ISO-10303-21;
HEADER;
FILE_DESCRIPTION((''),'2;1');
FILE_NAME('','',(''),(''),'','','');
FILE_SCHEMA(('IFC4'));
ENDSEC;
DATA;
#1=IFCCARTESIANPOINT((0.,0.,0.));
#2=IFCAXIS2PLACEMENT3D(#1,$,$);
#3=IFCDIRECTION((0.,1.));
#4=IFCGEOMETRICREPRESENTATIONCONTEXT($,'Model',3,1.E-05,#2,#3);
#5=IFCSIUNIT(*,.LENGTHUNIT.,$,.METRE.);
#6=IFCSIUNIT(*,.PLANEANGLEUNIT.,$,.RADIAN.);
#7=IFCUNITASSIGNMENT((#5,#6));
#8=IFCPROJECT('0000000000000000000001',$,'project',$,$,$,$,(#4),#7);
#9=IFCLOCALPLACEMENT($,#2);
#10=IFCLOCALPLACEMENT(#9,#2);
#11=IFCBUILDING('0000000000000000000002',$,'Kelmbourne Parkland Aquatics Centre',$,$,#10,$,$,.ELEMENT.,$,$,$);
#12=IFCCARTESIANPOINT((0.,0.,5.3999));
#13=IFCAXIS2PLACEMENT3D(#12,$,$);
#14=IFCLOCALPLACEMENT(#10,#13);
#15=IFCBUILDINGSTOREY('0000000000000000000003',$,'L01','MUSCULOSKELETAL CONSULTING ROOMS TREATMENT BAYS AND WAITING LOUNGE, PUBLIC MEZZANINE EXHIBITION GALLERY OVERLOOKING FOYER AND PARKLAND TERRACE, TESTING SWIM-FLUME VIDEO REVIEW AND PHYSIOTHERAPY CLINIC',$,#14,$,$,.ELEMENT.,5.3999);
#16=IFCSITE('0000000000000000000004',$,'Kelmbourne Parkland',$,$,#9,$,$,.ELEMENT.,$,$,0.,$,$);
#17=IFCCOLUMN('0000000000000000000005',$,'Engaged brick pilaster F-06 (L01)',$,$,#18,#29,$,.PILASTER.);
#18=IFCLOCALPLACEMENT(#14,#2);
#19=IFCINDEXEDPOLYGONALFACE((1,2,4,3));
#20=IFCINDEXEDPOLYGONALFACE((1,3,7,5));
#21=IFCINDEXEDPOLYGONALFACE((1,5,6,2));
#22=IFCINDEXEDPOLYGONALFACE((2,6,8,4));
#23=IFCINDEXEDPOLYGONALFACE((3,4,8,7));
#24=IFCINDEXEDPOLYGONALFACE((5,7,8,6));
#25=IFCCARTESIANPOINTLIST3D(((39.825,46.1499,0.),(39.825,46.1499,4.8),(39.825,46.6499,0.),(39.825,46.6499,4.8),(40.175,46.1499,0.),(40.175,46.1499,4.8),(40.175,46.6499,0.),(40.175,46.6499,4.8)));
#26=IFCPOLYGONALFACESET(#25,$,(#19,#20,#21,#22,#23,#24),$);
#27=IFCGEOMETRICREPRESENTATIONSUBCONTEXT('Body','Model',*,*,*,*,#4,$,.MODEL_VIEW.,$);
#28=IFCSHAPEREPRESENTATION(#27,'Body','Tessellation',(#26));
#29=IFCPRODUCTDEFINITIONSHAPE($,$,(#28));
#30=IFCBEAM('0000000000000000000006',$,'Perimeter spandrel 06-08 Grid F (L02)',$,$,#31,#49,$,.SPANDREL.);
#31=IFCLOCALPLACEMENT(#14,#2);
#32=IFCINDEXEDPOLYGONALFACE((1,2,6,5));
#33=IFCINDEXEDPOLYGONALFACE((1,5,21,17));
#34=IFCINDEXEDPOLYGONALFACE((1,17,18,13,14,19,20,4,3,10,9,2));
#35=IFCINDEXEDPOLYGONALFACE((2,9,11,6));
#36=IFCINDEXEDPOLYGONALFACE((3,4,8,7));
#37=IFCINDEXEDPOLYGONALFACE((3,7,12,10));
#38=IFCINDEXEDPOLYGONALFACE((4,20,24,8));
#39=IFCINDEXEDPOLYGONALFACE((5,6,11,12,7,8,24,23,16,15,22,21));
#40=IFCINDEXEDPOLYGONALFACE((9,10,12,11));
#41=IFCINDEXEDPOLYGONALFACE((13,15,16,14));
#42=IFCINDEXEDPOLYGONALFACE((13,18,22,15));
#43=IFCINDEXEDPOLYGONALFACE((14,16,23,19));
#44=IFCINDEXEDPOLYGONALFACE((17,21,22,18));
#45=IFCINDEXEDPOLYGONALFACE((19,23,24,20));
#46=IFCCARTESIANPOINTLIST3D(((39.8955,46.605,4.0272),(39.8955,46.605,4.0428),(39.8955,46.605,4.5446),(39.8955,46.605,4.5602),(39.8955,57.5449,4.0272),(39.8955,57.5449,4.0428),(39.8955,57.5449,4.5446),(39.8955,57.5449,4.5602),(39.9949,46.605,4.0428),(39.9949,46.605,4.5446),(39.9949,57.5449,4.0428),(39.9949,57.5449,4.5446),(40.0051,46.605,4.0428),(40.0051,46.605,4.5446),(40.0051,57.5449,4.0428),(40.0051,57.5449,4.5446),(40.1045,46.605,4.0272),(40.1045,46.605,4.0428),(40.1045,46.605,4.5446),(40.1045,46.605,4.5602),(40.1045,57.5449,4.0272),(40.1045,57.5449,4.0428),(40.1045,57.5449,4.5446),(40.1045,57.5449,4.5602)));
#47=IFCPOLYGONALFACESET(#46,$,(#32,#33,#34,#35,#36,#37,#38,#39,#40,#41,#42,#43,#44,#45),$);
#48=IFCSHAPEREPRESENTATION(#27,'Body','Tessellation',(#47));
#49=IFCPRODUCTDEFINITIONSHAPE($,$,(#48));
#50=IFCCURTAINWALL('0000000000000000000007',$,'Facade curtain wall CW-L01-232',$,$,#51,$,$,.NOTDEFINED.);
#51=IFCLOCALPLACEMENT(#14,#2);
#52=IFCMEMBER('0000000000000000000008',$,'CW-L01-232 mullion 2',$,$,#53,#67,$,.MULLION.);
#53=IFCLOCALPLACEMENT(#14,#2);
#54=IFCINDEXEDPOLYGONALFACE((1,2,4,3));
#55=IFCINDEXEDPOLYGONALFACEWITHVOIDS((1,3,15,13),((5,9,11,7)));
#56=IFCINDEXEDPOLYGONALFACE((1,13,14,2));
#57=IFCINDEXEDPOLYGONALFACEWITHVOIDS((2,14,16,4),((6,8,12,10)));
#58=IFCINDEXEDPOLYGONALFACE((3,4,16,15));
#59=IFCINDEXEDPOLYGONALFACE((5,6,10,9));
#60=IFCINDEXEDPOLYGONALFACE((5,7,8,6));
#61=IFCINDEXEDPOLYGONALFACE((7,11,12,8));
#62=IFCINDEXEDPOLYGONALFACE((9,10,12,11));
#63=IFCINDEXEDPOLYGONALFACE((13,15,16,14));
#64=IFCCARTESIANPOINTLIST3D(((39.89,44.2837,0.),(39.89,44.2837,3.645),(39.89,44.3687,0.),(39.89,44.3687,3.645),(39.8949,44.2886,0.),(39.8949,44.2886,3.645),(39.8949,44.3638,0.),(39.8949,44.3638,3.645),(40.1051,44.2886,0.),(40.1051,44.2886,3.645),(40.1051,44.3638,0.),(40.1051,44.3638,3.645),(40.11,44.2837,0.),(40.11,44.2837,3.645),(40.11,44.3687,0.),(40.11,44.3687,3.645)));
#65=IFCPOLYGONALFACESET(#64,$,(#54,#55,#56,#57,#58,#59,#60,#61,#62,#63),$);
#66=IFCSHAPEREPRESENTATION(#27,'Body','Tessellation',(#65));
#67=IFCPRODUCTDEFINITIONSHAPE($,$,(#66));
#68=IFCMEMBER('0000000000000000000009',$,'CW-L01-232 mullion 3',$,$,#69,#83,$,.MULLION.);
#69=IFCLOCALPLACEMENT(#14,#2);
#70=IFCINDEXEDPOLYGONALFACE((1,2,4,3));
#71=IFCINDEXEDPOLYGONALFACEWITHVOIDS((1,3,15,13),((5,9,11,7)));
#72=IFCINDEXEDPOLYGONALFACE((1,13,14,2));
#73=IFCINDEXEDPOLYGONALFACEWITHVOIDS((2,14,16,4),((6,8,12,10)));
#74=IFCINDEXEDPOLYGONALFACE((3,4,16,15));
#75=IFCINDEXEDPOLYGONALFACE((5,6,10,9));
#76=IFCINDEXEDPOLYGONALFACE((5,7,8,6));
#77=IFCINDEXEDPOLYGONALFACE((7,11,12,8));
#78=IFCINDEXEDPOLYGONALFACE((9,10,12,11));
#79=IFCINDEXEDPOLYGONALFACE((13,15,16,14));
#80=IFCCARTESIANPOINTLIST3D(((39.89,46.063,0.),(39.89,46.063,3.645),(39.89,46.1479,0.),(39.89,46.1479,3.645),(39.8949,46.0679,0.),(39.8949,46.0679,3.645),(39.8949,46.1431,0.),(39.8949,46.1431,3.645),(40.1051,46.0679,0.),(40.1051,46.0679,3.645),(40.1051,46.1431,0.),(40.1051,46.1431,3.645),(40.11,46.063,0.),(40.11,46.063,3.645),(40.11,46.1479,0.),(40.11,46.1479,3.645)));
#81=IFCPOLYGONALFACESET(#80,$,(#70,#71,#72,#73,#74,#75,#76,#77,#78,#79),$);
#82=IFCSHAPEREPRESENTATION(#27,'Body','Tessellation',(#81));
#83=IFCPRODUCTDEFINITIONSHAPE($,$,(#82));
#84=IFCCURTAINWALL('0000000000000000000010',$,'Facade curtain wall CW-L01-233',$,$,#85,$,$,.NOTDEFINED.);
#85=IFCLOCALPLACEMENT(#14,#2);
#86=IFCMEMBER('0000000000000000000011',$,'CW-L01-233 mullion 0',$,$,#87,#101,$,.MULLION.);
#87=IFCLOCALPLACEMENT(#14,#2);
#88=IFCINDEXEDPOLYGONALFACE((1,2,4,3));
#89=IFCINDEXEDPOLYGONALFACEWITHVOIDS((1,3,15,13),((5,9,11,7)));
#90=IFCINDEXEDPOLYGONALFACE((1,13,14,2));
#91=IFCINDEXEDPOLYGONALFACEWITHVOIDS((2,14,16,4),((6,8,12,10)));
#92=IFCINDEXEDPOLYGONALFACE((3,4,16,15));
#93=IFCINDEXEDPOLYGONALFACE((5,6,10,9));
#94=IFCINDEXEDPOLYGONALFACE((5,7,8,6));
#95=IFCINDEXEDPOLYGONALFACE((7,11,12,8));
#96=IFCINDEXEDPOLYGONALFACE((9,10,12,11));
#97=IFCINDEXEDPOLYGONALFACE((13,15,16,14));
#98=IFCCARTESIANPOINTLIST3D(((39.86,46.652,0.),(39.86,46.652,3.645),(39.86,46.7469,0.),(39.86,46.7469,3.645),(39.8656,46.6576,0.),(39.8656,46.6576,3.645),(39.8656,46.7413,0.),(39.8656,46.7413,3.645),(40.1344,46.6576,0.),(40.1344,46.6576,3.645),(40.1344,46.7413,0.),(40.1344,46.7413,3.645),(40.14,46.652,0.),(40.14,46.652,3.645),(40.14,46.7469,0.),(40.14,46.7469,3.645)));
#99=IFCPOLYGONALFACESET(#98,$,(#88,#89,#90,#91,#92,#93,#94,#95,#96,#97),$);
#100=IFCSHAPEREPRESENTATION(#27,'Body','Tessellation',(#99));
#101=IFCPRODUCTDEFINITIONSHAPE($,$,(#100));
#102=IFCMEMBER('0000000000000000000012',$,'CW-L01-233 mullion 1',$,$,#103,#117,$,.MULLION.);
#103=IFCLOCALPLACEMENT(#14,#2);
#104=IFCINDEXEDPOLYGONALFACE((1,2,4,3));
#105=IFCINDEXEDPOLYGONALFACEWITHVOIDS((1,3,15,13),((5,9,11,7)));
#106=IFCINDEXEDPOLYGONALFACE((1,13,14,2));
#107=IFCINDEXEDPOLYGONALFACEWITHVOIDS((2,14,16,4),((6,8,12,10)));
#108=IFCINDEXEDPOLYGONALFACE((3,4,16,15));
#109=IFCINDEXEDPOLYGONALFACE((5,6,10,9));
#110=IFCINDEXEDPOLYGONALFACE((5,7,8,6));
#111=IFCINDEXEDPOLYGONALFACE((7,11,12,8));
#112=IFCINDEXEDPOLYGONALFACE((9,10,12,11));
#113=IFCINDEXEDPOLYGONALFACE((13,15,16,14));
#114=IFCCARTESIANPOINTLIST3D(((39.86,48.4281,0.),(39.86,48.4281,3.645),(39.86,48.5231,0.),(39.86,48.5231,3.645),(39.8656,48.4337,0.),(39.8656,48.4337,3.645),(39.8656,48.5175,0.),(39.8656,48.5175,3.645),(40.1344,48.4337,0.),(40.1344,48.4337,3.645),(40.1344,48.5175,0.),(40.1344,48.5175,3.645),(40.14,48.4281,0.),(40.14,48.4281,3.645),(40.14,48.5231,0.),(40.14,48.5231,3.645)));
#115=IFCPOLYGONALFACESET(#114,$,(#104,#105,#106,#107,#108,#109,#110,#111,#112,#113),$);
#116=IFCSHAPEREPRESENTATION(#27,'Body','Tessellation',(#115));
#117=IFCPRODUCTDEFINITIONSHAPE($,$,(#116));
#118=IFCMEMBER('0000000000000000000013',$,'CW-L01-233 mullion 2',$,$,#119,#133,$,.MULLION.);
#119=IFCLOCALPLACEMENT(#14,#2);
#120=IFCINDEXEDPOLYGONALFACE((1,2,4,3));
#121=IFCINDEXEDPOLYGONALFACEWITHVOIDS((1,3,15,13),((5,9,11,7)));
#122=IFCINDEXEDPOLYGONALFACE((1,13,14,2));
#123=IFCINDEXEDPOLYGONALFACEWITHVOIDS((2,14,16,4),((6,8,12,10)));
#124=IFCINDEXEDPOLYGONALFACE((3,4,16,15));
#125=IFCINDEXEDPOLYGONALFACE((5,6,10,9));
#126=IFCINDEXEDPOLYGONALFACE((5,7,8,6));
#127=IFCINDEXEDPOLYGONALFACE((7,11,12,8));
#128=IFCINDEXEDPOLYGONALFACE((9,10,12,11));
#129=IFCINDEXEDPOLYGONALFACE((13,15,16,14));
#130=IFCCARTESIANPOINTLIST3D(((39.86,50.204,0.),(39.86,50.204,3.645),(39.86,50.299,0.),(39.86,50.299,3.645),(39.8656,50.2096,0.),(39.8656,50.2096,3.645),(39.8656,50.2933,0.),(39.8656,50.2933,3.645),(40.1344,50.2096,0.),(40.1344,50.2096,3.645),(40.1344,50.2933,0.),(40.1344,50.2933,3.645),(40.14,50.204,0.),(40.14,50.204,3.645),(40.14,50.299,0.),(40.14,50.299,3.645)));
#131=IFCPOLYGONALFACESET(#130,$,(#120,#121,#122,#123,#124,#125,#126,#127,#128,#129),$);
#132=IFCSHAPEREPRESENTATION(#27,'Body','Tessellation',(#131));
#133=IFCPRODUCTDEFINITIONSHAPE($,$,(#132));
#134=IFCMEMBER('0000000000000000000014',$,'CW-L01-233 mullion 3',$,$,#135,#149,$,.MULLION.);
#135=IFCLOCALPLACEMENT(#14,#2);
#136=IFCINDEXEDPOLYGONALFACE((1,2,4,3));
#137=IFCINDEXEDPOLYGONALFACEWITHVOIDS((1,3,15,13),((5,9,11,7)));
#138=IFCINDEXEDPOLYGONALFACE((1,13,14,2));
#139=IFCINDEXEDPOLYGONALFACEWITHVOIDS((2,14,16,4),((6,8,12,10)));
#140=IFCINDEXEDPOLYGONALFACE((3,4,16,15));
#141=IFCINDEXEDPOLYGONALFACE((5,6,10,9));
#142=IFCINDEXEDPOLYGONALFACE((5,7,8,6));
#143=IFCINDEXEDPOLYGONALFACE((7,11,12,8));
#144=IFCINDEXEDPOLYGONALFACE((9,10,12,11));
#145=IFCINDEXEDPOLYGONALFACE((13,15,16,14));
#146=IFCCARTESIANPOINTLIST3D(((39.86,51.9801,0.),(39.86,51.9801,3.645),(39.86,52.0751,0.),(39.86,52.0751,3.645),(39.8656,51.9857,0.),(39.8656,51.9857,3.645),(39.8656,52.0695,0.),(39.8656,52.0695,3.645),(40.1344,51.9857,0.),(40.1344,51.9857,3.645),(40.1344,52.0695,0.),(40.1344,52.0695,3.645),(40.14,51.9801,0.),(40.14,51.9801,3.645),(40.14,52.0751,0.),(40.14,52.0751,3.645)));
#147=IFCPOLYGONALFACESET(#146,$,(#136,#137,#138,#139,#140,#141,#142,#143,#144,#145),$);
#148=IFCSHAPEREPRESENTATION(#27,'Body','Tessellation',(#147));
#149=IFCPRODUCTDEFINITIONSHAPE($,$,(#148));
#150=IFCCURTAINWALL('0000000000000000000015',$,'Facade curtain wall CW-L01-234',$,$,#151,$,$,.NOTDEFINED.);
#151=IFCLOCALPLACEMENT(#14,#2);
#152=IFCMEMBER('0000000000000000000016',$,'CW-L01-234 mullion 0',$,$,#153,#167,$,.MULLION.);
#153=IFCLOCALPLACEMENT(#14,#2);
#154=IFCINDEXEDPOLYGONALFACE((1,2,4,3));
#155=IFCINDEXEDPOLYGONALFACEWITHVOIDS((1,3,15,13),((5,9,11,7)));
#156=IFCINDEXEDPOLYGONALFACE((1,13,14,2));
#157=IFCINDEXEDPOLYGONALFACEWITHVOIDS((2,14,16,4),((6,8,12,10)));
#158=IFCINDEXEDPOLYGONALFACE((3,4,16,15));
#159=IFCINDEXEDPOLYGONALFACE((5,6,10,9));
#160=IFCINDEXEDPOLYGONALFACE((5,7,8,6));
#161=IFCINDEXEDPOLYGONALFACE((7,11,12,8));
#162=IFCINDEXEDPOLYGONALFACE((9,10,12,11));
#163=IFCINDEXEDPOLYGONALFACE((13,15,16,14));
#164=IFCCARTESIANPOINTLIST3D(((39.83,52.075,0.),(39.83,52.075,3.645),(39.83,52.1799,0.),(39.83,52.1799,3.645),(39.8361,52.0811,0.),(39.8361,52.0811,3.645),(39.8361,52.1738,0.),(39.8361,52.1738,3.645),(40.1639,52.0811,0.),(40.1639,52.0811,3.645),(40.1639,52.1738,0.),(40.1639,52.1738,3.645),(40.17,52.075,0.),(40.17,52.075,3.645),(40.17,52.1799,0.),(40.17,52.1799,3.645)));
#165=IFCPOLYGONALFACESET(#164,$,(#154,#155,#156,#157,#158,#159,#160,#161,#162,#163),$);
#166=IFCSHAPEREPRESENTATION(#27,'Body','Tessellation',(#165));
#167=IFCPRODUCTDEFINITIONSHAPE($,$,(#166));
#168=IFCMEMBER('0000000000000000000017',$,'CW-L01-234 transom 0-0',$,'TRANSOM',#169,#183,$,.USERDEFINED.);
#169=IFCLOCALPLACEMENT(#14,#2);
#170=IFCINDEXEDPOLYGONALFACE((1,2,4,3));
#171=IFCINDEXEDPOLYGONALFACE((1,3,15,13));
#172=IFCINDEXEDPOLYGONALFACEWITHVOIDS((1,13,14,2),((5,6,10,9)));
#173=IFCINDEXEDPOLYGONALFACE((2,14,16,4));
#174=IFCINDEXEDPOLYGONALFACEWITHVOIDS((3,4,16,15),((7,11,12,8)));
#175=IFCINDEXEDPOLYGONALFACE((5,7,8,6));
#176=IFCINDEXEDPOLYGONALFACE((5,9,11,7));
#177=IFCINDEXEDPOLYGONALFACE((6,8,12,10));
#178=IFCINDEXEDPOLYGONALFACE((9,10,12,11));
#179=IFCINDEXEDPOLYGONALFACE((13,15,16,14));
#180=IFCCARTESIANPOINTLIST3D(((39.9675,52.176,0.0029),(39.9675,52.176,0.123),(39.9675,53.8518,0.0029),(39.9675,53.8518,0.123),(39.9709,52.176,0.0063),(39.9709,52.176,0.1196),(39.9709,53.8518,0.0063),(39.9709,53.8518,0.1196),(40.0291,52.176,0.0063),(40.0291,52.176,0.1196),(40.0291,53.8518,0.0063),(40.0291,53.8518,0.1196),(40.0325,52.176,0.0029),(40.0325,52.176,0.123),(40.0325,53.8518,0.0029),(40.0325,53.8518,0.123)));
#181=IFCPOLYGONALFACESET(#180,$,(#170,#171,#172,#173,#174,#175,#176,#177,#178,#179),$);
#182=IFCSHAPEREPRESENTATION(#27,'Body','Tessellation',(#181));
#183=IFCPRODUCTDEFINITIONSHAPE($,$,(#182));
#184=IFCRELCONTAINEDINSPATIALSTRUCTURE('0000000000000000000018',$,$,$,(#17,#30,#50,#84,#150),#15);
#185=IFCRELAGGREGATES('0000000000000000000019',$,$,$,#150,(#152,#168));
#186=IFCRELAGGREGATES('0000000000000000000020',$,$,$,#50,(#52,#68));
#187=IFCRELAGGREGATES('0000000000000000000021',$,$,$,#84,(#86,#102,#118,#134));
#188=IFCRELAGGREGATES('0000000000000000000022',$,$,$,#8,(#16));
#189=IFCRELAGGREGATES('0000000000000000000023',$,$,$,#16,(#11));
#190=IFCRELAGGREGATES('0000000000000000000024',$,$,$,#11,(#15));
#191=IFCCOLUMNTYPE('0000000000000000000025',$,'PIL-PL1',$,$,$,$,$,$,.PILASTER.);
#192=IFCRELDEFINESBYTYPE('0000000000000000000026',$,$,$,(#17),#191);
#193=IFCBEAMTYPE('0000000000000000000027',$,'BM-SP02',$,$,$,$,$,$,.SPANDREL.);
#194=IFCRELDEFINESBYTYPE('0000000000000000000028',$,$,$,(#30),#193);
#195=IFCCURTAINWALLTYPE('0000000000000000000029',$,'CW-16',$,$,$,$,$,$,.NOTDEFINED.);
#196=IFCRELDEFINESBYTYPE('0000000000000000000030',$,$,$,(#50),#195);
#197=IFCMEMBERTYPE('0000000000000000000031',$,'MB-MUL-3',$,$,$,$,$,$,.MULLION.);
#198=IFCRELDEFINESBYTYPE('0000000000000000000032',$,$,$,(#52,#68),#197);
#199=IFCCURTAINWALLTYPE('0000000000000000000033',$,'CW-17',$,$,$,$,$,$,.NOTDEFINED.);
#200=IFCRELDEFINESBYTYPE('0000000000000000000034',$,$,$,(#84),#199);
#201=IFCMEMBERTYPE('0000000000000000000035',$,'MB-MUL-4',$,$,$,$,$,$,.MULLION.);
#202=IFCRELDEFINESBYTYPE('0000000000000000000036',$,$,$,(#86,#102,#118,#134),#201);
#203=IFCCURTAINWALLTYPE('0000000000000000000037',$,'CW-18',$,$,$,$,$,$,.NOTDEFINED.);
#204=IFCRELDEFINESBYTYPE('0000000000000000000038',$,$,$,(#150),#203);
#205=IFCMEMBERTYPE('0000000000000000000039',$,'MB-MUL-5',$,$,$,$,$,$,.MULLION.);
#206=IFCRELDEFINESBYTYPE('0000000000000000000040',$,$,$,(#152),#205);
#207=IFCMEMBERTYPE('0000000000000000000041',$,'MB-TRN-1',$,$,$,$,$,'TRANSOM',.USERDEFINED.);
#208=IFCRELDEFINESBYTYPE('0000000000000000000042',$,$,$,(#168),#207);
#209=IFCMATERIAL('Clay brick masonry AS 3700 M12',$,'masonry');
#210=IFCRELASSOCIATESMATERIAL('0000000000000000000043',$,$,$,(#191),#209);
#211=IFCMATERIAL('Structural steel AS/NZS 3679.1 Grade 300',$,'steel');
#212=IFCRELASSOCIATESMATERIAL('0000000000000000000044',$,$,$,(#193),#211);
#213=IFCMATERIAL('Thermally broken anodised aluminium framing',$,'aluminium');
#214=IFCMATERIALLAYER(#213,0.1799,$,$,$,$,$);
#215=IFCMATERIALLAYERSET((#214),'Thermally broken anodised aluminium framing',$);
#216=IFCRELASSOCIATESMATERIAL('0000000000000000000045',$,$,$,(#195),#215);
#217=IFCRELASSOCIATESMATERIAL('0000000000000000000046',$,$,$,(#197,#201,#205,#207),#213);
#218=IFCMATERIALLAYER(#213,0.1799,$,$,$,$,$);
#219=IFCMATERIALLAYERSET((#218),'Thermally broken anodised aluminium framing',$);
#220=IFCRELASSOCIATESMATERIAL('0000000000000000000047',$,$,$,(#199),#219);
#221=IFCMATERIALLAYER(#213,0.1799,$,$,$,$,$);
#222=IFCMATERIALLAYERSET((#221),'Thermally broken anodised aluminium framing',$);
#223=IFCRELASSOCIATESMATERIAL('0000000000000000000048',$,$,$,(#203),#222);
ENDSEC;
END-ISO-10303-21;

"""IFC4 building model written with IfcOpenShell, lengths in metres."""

from ifc_helpers import new_model, si_unit, direction, frame, origin, origin_2d, place, context, subcontext, project, spatial, rectangle, hollow_rectangle, i_section, extrude, material, layer, layer_set, material_profile, profile_set, type_object, element, aggregate, save


model = new_model("IFC4")

# Units and contexts
model_context = context("Model", 3, precision=1e-05, world=origin(), true_north=direction((0.0, 1.0)))
body_context = subcontext(model_context, "Body", "Model", "MODEL_VIEW")
ifc_project = project(units=[si_unit("LENGTHUNIT", "METRE"), si_unit("PLANEANGLEUNIT", "RADIAN")], contexts=[model_context])

# Site, building, storey
site_placement = place(None, origin())
site = spatial("IfcSite", under=ifc_project, at=site_placement, Name="Kelmbourne Parkland", CompositionType="ELEMENT", RefElevation=0.0)
building_placement = place(site_placement, origin())
building = spatial("IfcBuilding", under=site, at=building_placement, Name="Kelmbourne Parkland Aquatics Centre", CompositionType="ELEMENT")
storey_placement = place(building_placement, frame((0.0, 0.0, 5.3999)))
storey = spatial("IfcBuildingStorey", under=building, at=storey_placement, Name="L01", Description="MUSCULOSKELETAL CONSULTING ROOMS TREATMENT BAYS AND WAITING LOUNGE, PUBLIC MEZZANINE EXHIBITION GALLERY OVERLOOKING FOYER AND PARKLAND TERRACE, TESTING SWIM-FLUME VIDEO REVIEW AND PHYSIOTHERAPY CLINIC", CompositionType="ELEMENT", Elevation=5.3999)

# Column
ifc_material_1 = material(Name="Clay brick masonry AS 3700 M12", Category="masonry")
ifc_material_profile_1 = material_profile(ifc_material_1, rectangle(XDim=0.3501, YDim=0.5, at=origin_2d()), Name="PIL 350x500")
ifc_profile_set_1 = profile_set([ifc_material_profile_1], Name="Clay brick masonry AS 3700 M12")
column_type = type_object("IfcColumnType", Name="PIL-PL1", PredefinedType="PILASTER", material=ifc_profile_set_1)
column_placement = place(storey_placement, frame((40.0, 46.3999, 0.0), z_axis=(0.0, 0.0, 1.0), x_axis=(1.0, 0.0, 0.0)))
element("IfcColumn", 1, at=column_placement, inside=storey, type_object=column_type, Name="Engaged brick pilaster F-06 (L01)", PredefinedType="PILASTER", context=body_context, shape_type="SweptSolid", body=[
    extrude(rectangle(XDim=0.3501, YDim=0.5, at=origin_2d()), origin(), (0.0, 0.0, 1.0), 4.8),
])

# Beam
ifc_material_2 = material(Name="Structural steel AS/NZS 3679.1 Grade 300", Category="steel")
ifc_material_profile_2 = material_profile(ifc_material_2, i_section(OverallWidth=0.209, OverallDepth=0.533, WebThickness=0.0103, FlangeThickness=0.0156, at=origin_2d()), Name="530UB92.4")
ifc_profile_set_2 = profile_set([ifc_material_profile_2], Name="Structural steel AS/NZS 3679.1 Grade 300")
beam_type = type_object("IfcBeamType", Name="BM-SP02", PredefinedType="SPANDREL", material=ifc_profile_set_2)
beam_placement = place(storey_placement, frame((40.0, 46.605, 4.2937), z_axis=(0.0, 1.0, 0.0), x_axis=(-1.0, 0.0, 0.0)))
element("IfcBeam", 2, at=beam_placement, inside=storey, type_object=beam_type, Name="Perimeter spandrel 06-08 Grid F (L02)", PredefinedType="SPANDREL", context=body_context, shape_type="SweptSolid", body=[
    extrude(i_section(OverallWidth=0.209, OverallDepth=0.533, WebThickness=0.0103, FlangeThickness=0.0156, at=origin_2d()), origin(), (0.0, 0.0, 1.0), 10.9399),
])

# Curtain walls, members
ifc_material_3 = material(Name="Thermally broken anodised aluminium framing", Category="aluminium")
ifc_layer_1 = layer(ifc_material_3, 0.1799)
ifc_layer_set_1 = layer_set([ifc_layer_1], Name="Thermally broken anodised aluminium framing")
curtain_wall_type_1 = type_object("IfcCurtainWallType", Name="CW-16", PredefinedType="NOTDEFINED", material=ifc_layer_set_1)
curtain_wall_1_placement = place(storey_placement, origin())
curtain_wall_1 = element("IfcCurtainWall", 3, at=curtain_wall_1_placement, inside=storey, type_object=curtain_wall_type_1, Name="Facade curtain wall CW-L01-232", PredefinedType="NOTDEFINED")
ifc_material_profile_3 = material_profile(ifc_material_3, hollow_rectangle(XDim=0.085, YDim=0.22, WallThickness=0.0049, at=origin_2d()), Name="CW-M 85x220")
ifc_profile_set_3 = profile_set([ifc_material_profile_3], Name="Thermally broken anodised aluminium framing")
member_type_1 = type_object("IfcMemberType", Name="MB-MUL-3", PredefinedType="MULLION", material=ifc_profile_set_3)
member_1_placement = place(storey_placement, frame((40.0, 44.3262, 0.0), z_axis=(0.0, 0.0, 1.0), x_axis=(0.0, 1.0, 0.0)))
member_1 = element("IfcMember", 4, at=member_1_placement, type_object=member_type_1, Name="CW-L01-232 mullion 2", PredefinedType="MULLION", context=body_context, shape_type="SweptSolid", body=[
    extrude(hollow_rectangle(XDim=0.085, YDim=0.22, WallThickness=0.0049, at=origin_2d()), origin(), (0.0, 0.0, 1.0), 3.645),
])
member_2_placement = place(storey_placement, frame((40.0, 46.1055, 0.0), z_axis=(0.0, 0.0, 1.0), x_axis=(0.0, 1.0, 0.0)))
member_2 = element("IfcMember", 5, at=member_2_placement, type_object=member_type_1, Name="CW-L01-232 mullion 3", PredefinedType="MULLION", context=body_context, shape_type="SweptSolid", body=[
    extrude(hollow_rectangle(XDim=0.085, YDim=0.22, WallThickness=0.0049, at=origin_2d()), origin(), (0.0, 0.0, 1.0), 3.645),
])
ifc_layer_2 = layer(ifc_material_3, 0.1799)
ifc_layer_set_2 = layer_set([ifc_layer_2], Name="Thermally broken anodised aluminium framing")
curtain_wall_type_2 = type_object("IfcCurtainWallType", Name="CW-17", PredefinedType="NOTDEFINED", material=ifc_layer_set_2)
curtain_wall_2_placement = place(storey_placement, origin())
curtain_wall_2 = element("IfcCurtainWall", 6, at=curtain_wall_2_placement, inside=storey, type_object=curtain_wall_type_2, Name="Facade curtain wall CW-L01-233", PredefinedType="NOTDEFINED")
ifc_material_profile_4 = material_profile(ifc_material_3, hollow_rectangle(XDim=0.095, YDim=0.28, WallThickness=0.0056, at=origin_2d()), Name="CW-M 95x280")
ifc_profile_set_4 = profile_set([ifc_material_profile_4], Name="Thermally broken anodised aluminium framing")
member_type_2 = type_object("IfcMemberType", Name="MB-MUL-4", PredefinedType="MULLION", material=ifc_profile_set_4)
member_3_placement = place(storey_placement, frame((40.0, 46.6995, 0.0), z_axis=(0.0, 0.0, 1.0), x_axis=(0.0, 1.0, 0.0)))
member_3 = element("IfcMember", 7, at=member_3_placement, type_object=member_type_2, Name="CW-L01-233 mullion 0", PredefinedType="MULLION", context=body_context, shape_type="SweptSolid", body=[
    extrude(hollow_rectangle(XDim=0.095, YDim=0.28, WallThickness=0.0056, at=origin_2d()), origin(), (0.0, 0.0, 1.0), 3.645),
])
member_4_placement = place(storey_placement, frame((40.0, 48.4756, 0.0), z_axis=(0.0, 0.0, 1.0), x_axis=(0.0, 1.0, 0.0)))
member_4 = element("IfcMember", 8, at=member_4_placement, type_object=member_type_2, Name="CW-L01-233 mullion 1", PredefinedType="MULLION", context=body_context, shape_type="SweptSolid", body=[
    extrude(hollow_rectangle(XDim=0.095, YDim=0.28, WallThickness=0.0056, at=origin_2d()), origin(), (0.0, 0.0, 1.0), 3.645),
])
member_5_placement = place(storey_placement, frame((40.0, 50.2515, 0.0), z_axis=(0.0, 0.0, 1.0), x_axis=(0.0, 1.0, 0.0)))
member_5 = element("IfcMember", 9, at=member_5_placement, type_object=member_type_2, Name="CW-L01-233 mullion 2", PredefinedType="MULLION", context=body_context, shape_type="SweptSolid", body=[
    extrude(hollow_rectangle(XDim=0.095, YDim=0.28, WallThickness=0.0056, at=origin_2d()), origin(), (0.0, 0.0, 1.0), 3.645),
])
member_6_placement = place(storey_placement, frame((40.0, 52.0276, 0.0), z_axis=(0.0, 0.0, 1.0), x_axis=(0.0, 1.0, 0.0)))
member_6 = element("IfcMember", 10, at=member_6_placement, type_object=member_type_2, Name="CW-L01-233 mullion 3", PredefinedType="MULLION", context=body_context, shape_type="SweptSolid", body=[
    extrude(hollow_rectangle(XDim=0.095, YDim=0.28, WallThickness=0.0056, at=origin_2d()), origin(), (0.0, 0.0, 1.0), 3.645),
])
ifc_layer_3 = layer(ifc_material_3, 0.1799)
ifc_layer_set_3 = layer_set([ifc_layer_3], Name="Thermally broken anodised aluminium framing")
curtain_wall_type_3 = type_object("IfcCurtainWallType", Name="CW-18", PredefinedType="NOTDEFINED", material=ifc_layer_set_3)
curtain_wall_3_placement = place(storey_placement, origin())
curtain_wall_3 = element("IfcCurtainWall", 11, at=curtain_wall_3_placement, inside=storey, type_object=curtain_wall_type_3, Name="Facade curtain wall CW-L01-234", PredefinedType="NOTDEFINED")
ifc_material_profile_5 = material_profile(ifc_material_3, hollow_rectangle(XDim=0.105, YDim=0.3401, WallThickness=0.0061, at=origin_2d()), Name="CW-M 105x340")
ifc_profile_set_5 = profile_set([ifc_material_profile_5], Name="Thermally broken anodised aluminium framing")
member_type_3 = type_object("IfcMemberType", Name="MB-MUL-5", PredefinedType="MULLION", material=ifc_profile_set_5)
member_7_placement = place(storey_placement, frame((40.0, 52.1274, 0.0), z_axis=(0.0, 0.0, 1.0), x_axis=(0.0, 1.0, 0.0)))
member_7 = element("IfcMember", 12, at=member_7_placement, type_object=member_type_3, Name="CW-L01-234 mullion 0", PredefinedType="MULLION", context=body_context, shape_type="SweptSolid", body=[
    extrude(hollow_rectangle(XDim=0.105, YDim=0.3401, WallThickness=0.0061, at=origin_2d()), origin(), (0.0, 0.0, 1.0), 3.645),
])
ifc_material_profile_6 = material_profile(ifc_material_3, hollow_rectangle(XDim=0.0649, YDim=0.1201, WallThickness=0.0034, at=origin_2d()), Name="CW-T 65x120")
ifc_profile_set_6 = profile_set([ifc_material_profile_6], Name="Thermally broken anodised aluminium framing")
member_type_4 = type_object("IfcMemberType", Name="MB-TRN-1", ElementType="TRANSOM", PredefinedType="USERDEFINED", material=ifc_profile_set_6)
member_8_placement = place(storey_placement, frame((40.0, 52.176, 0.063), z_axis=(0.0, 1.0, 0.0), x_axis=(-1.0, 0.0, 0.0)))
member_8 = element("IfcMember", 13, at=member_8_placement, type_object=member_type_4, Name="CW-L01-234 transom 0-0", ObjectType="TRANSOM", PredefinedType="USERDEFINED", context=body_context, shape_type="SweptSolid", body=[
    extrude(hollow_rectangle(XDim=0.0649, YDim=0.1201, WallThickness=0.0034, at=origin_2d()), origin(), (0.0, 0.0, 1.0), 1.6758),
])
aggregate(curtain_wall_3, [member_7, member_8])

aggregate(curtain_wall_1, [member_1, member_2])
aggregate(curtain_wall_2, [member_3, member_4, member_5, member_6])

save(model, "model.ifc")
